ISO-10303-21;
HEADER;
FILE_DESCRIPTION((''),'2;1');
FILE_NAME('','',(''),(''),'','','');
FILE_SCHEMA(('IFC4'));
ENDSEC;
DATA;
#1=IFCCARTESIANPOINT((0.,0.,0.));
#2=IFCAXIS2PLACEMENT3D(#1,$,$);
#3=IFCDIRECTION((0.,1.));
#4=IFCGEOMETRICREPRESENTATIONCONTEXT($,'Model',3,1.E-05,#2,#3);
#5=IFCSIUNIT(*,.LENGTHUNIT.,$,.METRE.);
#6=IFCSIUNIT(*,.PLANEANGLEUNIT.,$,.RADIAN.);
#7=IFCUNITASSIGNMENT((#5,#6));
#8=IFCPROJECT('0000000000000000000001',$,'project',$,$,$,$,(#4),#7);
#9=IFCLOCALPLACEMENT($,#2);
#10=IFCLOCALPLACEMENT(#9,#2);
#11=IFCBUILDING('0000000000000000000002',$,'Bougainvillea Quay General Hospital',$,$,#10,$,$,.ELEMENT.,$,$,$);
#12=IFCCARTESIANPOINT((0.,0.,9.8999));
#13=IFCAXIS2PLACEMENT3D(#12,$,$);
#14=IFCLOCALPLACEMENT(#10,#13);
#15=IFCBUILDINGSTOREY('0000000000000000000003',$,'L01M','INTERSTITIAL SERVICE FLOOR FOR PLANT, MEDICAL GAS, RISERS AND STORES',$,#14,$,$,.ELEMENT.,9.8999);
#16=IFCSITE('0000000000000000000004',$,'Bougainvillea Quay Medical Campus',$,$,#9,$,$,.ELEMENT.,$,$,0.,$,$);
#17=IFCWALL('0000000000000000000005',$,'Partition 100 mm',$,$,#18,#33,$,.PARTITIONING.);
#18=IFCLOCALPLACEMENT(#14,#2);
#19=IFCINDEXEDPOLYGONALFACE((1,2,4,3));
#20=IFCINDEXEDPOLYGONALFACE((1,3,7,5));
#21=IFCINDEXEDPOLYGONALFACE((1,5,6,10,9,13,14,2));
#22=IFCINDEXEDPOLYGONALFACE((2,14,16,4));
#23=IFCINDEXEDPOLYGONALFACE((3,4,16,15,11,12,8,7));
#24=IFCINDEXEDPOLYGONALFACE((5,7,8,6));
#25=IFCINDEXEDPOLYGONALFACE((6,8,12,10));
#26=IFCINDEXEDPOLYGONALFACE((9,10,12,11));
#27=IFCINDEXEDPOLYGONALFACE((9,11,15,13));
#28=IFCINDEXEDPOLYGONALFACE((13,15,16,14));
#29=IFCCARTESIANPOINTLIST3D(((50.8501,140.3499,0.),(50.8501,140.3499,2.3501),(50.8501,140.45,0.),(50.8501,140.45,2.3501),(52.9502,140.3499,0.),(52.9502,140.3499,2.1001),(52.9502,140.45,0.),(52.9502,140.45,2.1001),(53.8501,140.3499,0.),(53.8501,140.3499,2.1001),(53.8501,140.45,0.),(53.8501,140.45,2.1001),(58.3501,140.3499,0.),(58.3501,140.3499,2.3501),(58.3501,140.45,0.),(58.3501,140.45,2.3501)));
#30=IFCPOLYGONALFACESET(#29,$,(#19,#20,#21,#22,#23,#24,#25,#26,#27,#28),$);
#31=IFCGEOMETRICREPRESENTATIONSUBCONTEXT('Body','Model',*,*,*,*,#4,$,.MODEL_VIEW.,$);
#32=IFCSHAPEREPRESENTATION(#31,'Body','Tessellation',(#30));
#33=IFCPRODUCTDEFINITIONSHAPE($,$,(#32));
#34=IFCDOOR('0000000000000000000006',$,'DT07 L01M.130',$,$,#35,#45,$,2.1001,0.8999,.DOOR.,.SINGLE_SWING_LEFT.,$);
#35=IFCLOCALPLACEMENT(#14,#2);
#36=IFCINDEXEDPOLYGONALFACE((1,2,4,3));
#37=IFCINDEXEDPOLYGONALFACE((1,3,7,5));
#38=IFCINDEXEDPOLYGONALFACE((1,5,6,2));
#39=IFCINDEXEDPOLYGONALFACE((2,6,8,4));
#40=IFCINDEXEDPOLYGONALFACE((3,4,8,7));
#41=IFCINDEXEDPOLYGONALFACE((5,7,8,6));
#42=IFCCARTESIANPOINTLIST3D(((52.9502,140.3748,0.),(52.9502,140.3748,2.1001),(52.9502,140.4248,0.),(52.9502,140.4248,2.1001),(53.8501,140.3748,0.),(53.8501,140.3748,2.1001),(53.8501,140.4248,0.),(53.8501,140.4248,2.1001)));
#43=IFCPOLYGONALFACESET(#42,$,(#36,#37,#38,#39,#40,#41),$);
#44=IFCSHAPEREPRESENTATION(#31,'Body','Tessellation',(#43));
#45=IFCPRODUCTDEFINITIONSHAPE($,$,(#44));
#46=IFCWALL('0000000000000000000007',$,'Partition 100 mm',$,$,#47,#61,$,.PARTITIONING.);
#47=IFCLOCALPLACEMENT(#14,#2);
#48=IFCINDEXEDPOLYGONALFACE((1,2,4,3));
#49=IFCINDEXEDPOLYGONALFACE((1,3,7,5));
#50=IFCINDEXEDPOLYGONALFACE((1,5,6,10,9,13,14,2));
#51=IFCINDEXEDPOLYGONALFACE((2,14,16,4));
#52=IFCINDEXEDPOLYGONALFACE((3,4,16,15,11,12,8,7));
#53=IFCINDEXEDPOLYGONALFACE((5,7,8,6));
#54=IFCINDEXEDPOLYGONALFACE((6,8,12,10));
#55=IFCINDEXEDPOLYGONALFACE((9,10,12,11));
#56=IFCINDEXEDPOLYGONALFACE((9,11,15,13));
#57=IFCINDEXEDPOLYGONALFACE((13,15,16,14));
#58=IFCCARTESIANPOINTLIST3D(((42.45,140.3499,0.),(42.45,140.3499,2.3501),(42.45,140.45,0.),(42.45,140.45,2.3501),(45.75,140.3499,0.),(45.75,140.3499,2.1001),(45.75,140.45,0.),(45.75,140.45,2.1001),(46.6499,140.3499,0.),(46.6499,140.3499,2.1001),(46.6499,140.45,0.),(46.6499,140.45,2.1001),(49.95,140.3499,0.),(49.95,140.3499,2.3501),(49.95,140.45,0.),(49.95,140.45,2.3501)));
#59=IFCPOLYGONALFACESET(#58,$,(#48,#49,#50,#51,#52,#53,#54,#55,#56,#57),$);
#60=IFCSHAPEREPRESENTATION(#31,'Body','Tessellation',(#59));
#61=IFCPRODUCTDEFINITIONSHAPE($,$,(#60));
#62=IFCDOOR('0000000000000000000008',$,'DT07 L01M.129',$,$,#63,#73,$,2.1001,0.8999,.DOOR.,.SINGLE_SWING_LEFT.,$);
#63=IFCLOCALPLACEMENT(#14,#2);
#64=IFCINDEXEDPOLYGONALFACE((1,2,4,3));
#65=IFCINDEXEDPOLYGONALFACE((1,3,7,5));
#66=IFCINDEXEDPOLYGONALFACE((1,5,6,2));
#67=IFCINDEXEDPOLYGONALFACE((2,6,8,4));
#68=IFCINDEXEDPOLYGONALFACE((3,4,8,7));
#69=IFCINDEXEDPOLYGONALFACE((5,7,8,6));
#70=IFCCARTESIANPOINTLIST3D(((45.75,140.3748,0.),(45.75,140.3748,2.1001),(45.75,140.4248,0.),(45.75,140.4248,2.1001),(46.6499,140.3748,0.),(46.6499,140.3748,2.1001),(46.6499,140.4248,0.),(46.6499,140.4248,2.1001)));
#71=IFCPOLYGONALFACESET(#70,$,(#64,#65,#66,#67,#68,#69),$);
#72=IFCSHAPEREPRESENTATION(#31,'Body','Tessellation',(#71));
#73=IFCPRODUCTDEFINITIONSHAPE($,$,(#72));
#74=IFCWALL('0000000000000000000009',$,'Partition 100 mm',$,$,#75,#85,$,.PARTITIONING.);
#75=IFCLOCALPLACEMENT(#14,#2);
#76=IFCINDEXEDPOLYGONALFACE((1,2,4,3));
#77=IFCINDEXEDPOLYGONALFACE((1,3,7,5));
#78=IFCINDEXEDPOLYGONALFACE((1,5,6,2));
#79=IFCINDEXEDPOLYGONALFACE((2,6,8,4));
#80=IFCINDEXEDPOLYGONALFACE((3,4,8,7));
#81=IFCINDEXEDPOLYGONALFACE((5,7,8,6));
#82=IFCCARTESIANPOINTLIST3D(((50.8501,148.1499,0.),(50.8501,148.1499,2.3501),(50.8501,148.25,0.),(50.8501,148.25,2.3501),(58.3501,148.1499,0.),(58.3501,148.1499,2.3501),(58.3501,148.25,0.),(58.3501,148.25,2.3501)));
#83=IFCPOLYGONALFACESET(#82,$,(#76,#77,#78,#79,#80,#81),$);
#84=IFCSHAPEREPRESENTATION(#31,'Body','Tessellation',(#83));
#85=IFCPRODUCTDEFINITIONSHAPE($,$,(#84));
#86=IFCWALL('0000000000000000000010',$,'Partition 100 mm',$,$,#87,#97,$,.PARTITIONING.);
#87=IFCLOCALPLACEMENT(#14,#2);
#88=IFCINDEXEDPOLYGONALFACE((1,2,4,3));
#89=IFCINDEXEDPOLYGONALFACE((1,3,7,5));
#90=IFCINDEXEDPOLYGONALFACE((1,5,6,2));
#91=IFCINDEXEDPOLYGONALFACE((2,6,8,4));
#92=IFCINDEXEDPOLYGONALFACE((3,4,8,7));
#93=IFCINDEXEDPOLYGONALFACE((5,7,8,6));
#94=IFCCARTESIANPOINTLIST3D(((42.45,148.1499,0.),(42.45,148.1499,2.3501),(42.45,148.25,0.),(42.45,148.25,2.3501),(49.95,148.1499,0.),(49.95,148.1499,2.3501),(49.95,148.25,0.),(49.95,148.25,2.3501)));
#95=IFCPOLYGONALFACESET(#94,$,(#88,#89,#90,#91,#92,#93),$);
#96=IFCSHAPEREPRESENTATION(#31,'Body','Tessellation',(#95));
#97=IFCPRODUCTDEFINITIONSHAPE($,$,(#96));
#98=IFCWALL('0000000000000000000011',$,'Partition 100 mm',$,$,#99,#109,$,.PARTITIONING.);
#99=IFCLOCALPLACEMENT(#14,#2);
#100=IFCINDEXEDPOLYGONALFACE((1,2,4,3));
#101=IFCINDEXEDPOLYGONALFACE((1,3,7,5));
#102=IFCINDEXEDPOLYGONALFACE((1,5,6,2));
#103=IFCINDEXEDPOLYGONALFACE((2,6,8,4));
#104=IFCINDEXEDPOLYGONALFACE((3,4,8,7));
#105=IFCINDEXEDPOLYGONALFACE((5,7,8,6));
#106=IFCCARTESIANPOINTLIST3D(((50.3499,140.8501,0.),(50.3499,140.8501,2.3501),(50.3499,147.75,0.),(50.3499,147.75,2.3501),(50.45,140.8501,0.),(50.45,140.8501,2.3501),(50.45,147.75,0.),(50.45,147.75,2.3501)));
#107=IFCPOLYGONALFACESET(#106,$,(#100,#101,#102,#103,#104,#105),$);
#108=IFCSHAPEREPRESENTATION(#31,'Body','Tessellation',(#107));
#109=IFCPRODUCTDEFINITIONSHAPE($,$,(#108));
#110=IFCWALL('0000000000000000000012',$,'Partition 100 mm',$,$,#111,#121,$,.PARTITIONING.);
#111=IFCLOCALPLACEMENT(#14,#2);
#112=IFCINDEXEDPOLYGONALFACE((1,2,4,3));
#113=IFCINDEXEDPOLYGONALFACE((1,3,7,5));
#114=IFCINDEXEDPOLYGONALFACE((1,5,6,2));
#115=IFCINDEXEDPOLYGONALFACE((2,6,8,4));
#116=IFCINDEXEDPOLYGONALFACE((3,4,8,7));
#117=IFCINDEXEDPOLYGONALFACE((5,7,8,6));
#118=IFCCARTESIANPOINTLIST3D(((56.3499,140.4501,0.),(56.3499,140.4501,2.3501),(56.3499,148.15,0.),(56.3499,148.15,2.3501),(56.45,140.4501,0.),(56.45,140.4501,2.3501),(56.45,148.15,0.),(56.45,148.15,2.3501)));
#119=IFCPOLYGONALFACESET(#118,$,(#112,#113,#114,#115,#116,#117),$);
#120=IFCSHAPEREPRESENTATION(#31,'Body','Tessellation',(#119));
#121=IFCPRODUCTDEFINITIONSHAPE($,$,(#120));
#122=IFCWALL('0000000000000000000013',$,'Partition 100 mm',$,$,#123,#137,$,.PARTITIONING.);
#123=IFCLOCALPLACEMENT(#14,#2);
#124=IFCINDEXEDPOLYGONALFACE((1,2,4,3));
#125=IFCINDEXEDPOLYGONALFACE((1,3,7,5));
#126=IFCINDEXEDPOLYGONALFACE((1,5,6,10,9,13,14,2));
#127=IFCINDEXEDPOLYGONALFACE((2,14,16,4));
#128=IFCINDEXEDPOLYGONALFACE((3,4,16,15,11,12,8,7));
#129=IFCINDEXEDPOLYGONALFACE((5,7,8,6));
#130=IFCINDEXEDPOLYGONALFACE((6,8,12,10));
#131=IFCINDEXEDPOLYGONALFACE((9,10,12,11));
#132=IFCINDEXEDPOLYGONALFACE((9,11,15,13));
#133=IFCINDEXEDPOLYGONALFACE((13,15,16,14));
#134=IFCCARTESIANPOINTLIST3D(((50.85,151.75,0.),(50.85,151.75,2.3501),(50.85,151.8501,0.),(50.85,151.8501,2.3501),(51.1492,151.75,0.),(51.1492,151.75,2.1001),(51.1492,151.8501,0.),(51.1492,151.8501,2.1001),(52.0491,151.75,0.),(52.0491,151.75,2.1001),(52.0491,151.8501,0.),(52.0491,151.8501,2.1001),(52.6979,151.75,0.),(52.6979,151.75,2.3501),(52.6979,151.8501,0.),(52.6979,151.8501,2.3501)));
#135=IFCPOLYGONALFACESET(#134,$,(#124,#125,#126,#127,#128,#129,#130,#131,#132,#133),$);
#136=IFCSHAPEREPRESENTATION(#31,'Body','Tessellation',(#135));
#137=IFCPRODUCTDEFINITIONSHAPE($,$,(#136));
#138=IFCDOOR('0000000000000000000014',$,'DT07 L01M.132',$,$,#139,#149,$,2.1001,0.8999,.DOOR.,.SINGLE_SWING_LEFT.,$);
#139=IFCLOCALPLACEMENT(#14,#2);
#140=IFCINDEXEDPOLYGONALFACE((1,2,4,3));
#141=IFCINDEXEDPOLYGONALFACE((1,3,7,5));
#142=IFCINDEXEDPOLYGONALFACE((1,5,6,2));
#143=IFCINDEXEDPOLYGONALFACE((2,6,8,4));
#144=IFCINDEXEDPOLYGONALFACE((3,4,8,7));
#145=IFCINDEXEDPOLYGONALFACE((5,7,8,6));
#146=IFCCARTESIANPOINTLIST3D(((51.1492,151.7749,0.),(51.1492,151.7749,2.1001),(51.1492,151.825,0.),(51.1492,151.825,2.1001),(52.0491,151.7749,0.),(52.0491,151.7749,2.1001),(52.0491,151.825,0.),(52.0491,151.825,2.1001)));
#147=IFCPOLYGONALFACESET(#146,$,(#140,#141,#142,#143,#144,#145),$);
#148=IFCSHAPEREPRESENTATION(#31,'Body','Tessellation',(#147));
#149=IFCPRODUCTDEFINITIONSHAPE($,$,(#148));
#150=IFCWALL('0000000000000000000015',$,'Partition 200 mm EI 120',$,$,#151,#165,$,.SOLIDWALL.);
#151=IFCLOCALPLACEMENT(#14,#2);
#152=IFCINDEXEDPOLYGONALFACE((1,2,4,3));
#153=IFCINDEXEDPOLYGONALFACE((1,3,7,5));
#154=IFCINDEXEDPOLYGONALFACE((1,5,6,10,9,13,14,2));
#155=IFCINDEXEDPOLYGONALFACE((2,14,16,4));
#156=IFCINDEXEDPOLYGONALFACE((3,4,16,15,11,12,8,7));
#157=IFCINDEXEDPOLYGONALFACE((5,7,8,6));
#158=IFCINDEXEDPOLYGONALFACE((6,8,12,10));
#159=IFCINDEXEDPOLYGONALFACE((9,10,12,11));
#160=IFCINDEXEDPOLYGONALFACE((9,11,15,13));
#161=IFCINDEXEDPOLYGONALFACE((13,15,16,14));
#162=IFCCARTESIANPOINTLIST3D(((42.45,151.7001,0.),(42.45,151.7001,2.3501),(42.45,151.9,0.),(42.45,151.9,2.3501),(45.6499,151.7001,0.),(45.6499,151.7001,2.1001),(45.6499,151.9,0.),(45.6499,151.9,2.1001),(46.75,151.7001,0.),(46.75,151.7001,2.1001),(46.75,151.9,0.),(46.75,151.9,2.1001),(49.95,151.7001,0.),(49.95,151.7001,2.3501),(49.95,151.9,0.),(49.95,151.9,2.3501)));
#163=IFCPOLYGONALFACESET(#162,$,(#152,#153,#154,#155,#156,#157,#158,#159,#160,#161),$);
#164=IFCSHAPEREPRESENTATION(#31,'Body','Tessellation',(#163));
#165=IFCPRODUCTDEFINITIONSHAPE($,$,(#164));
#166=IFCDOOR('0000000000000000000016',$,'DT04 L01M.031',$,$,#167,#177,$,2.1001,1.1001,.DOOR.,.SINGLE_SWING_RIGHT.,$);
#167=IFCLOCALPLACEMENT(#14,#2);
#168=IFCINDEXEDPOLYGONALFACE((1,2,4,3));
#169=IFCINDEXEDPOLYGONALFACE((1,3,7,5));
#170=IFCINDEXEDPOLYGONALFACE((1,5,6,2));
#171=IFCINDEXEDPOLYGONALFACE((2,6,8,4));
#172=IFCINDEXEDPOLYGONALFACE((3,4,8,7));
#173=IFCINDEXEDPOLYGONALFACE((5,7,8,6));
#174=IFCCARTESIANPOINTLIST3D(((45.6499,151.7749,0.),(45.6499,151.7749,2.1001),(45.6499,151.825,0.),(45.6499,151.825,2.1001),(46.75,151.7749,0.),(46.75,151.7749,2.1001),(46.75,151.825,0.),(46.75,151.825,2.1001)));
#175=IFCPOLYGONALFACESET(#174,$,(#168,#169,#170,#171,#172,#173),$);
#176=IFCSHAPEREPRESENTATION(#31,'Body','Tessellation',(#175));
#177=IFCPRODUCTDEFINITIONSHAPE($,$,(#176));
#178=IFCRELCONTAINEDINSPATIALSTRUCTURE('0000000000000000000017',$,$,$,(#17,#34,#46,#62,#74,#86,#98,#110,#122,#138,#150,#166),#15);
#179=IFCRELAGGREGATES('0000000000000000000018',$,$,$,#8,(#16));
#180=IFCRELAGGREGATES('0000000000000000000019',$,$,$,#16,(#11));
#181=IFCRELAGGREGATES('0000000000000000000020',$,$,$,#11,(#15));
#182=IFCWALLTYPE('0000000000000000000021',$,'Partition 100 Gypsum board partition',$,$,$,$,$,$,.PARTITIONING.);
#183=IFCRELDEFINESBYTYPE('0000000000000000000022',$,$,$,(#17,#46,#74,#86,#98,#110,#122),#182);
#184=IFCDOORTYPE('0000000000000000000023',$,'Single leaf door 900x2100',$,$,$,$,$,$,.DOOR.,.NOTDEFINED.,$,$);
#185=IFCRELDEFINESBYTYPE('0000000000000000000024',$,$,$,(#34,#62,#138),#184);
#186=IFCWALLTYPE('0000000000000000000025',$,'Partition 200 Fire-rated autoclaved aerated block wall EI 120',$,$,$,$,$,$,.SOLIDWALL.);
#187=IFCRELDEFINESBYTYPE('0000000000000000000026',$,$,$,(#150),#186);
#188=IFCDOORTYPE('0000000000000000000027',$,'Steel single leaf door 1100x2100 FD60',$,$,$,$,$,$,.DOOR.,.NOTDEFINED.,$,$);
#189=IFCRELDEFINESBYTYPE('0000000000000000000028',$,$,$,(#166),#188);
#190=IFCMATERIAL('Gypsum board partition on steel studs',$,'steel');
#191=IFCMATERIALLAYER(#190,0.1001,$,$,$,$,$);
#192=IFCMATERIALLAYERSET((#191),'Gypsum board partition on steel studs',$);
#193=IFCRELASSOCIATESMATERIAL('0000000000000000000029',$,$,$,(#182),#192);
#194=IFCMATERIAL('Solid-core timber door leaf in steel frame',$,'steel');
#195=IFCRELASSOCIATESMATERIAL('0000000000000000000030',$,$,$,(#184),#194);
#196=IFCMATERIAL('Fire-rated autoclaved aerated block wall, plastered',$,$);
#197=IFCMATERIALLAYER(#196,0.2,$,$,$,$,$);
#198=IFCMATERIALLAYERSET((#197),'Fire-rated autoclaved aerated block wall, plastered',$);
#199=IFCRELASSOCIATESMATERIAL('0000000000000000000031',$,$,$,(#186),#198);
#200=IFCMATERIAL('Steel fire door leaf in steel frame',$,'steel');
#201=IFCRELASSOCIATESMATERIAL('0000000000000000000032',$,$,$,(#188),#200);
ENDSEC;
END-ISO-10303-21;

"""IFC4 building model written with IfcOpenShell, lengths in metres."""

from ifc_helpers import new_model, si_unit, direction, frame, frame_2d, origin, place, context, subcontext, project, spatial, rectangle, extrude, material, layer, layer_set, type_object, element, fill, save


model = new_model("IFC4")

# Units and contexts
model_context = context("Model", 3, precision=1e-05, world=origin(), true_north=direction((0.0, 1.0)))
body_context = subcontext(model_context, "Body", "Model", "MODEL_VIEW")
ifc_project = project(units=[si_unit("LENGTHUNIT", "METRE"), si_unit("PLANEANGLEUNIT", "RADIAN")], contexts=[model_context])

# Site, building, storey
site_placement = place(None, origin())
site = spatial("IfcSite", under=ifc_project, at=site_placement, Name="Bougainvillea Quay Medical Campus", CompositionType="ELEMENT", RefElevation=0.0)
building_placement = place(site_placement, origin())
building = spatial("IfcBuilding", under=site, at=building_placement, Name="Bougainvillea Quay General Hospital", CompositionType="ELEMENT")
storey_placement = place(building_placement, frame((0.0, 0.0, 9.8999)))
storey = spatial("IfcBuildingStorey", under=building, at=storey_placement, Name="L01M", Description="INTERSTITIAL SERVICE FLOOR FOR PLANT, MEDICAL GAS, RISERS AND STORES", CompositionType="ELEMENT", Elevation=9.8999)

# Walls, openings, doors
ifc_material_1 = material(Name="Gypsum board partition on steel studs", Category="steel")
ifc_layer_1 = layer(ifc_material_1, 0.1001)
ifc_layer_set_1 = layer_set([ifc_layer_1], Name="Gypsum board partition on steel studs")
wall_type_1 = type_object("IfcWallType", Name="Partition 100 Gypsum board partition", PredefinedType="PARTITIONING", material=ifc_layer_set_1)
wall_1_placement = place(storey_placement, frame((58.3501, 140.3999, 0.0), z_axis=(0.0, 0.0, 1.0), x_axis=(-1.0, 0.0, 0.0)))
wall_1 = element("IfcWall", 1, at=wall_1_placement, inside=storey, type_object=wall_type_1, Name="Partition 100 mm", PredefinedType="PARTITIONING", context=body_context, shape_type="SweptSolid", body=[
    extrude(rectangle(XDim=7.5, YDim=0.1001, at=frame_2d((3.75, 0.0))), origin(), (0.0, 0.0, 1.0), 2.3501),
])
opening_1_placement = place(wall_1_placement, frame((4.5, 0.0, 0.0)))
opening_1 = element("IfcOpeningElement", 2, at=opening_1_placement, cuts=wall_1, PredefinedType="OPENING", context=body_context, shape_type="SweptSolid", body=[
    extrude(rectangle(XDim=0.8999, YDim=2.1001, at=frame_2d((0.45, 1.05))), frame((0.0, 0.0601, 0.0), z_axis=(0.0, -1.0, 0.0), x_axis=(1.0, 0.0, 0.0)), (0.0, 0.0, 1.0), 0.1201),
])
ifc_material_2 = material(Name="Solid-core timber door leaf in steel frame", Category="steel")
door_type_1 = type_object("IfcDoorType", Name="Single leaf door 900x2100", OperationType="NOTDEFINED", PredefinedType="DOOR", material=ifc_material_2)
door_1_placement = place(opening_1_placement, frame((0.8999, 0.0, 0.0), z_axis=(0.0, 0.0, 1.0), x_axis=(-1.0, 0.0, 0.0)))
door_1 = element("IfcDoor", 3, at=door_1_placement, inside=storey, type_object=door_type_1, Name="DT07 L01M.130", OperationType="SINGLE_SWING_LEFT", OverallHeight=2.1001, OverallWidth=0.8999, PredefinedType="DOOR", context=body_context, shape_type="SweptSolid", body=[
    extrude(rectangle(XDim=0.8999, YDim=2.1001, at=frame_2d((0.45, 1.05))), frame((0.0, 0.0249, 0.0), z_axis=(0.0, -1.0, 0.0), x_axis=(1.0, 0.0, 0.0)), (0.0, 0.0, 1.0), 0.05),
])
fill(opening_1, door_1)
wall_2_placement = place(storey_placement, frame((49.95, 140.3999, 0.0), z_axis=(0.0, 0.0, 1.0), x_axis=(-1.0, 0.0, 0.0)))
wall_2 = element("IfcWall", 4, at=wall_2_placement, inside=storey, type_object=wall_type_1, Name="Partition 100 mm", PredefinedType="PARTITIONING", context=body_context, shape_type="SweptSolid", body=[
    extrude(rectangle(XDim=7.5, YDim=0.1001, at=frame_2d((3.75, 0.0))), origin(), (0.0, 0.0, 1.0), 2.3501),
])
opening_2_placement = place(wall_2_placement, frame((3.3, 0.0, 0.0)))
opening_2 = element("IfcOpeningElement", 5, at=opening_2_placement, cuts=wall_2, PredefinedType="OPENING", context=body_context, shape_type="SweptSolid", body=[
    extrude(rectangle(XDim=0.8999, YDim=2.1001, at=frame_2d((0.45, 1.05))), frame((0.0, 0.0601, 0.0), z_axis=(0.0, -1.0, 0.0), x_axis=(1.0, 0.0, 0.0)), (0.0, 0.0, 1.0), 0.1201),
])
door_2_placement = place(opening_2_placement, frame((0.8999, 0.0, 0.0), z_axis=(0.0, 0.0, 1.0), x_axis=(-1.0, 0.0, 0.0)))
door_2 = element("IfcDoor", 6, at=door_2_placement, inside=storey, type_object=door_type_1, Name="DT07 L01M.129", OperationType="SINGLE_SWING_LEFT", OverallHeight=2.1001, OverallWidth=0.8999, PredefinedType="DOOR", context=body_context, shape_type="SweptSolid", body=[
    extrude(rectangle(XDim=0.8999, YDim=2.1001, at=frame_2d((0.45, 1.05))), frame((0.0, 0.0249, 0.0), z_axis=(0.0, -1.0, 0.0), x_axis=(1.0, 0.0, 0.0)), (0.0, 0.0, 1.0), 0.05),
])
fill(opening_2, door_2)

# Walls
for number, where, z_axis, x_axis, name in (
    (7, (58.3501, 148.2, 0.0), (0.0, 0.0, 1.0), (-1.0, 0.0, 0.0), "Partition 100 mm"),
    (8, (49.95, 148.2, 0.0), (0.0, 0.0, 1.0), (-1.0, 0.0, 0.0), "Partition 100 mm"),
):
    element("IfcWall", number, at=place(storey_placement, frame(where, z_axis=z_axis, x_axis=x_axis)), inside=storey, type_object=wall_type_1, Name=name, PredefinedType="PARTITIONING", context=body_context, shape_type="SweptSolid", body=[
        extrude(rectangle(XDim=7.5, YDim=0.1001, at=frame_2d((3.75, 0.0))), origin(), (0.0, 0.0, 1.0), 2.3501),
    ])
wall_3_placement = place(storey_placement, frame((50.3999, 140.8501, 0.0), z_axis=(0.0, 0.0, 1.0), x_axis=(0.0, 1.0, 0.0)))
element("IfcWall", 9, at=wall_3_placement, inside=storey, type_object=wall_type_1, Name="Partition 100 mm", PredefinedType="PARTITIONING", context=body_context, shape_type="SweptSolid", body=[
    extrude(rectangle(XDim=6.8999, YDim=0.1001, at=frame_2d((3.45, 0.0))), origin(), (0.0, 0.0, 1.0), 2.3501),
])
wall_4_placement = place(storey_placement, frame((56.3999, 140.45, 0.0), z_axis=(0.0, 0.0, 1.0), x_axis=(0.0, 1.0, 0.0)))
element("IfcWall", 10, at=wall_4_placement, inside=storey, type_object=wall_type_1, Name="Partition 100 mm", PredefinedType="PARTITIONING", context=body_context, shape_type="SweptSolid", body=[
    extrude(rectangle(XDim=7.7, YDim=0.1001, at=frame_2d((3.8501, 0.0))), origin(), (0.0, 0.0, 1.0), 2.3501),
])

# Walls, openings, doors
wall_5_placement = place(storey_placement, frame((50.8501, 151.8, 0.0), z_axis=(0.0, 0.0, 1.0), x_axis=(1.0, 0.0, 0.0)))
wall_5 = element("IfcWall", 11, at=wall_5_placement, inside=storey, type_object=wall_type_1, Name="Partition 100 mm", PredefinedType="PARTITIONING", context=body_context, shape_type="SweptSolid", body=[
    extrude(rectangle(XDim=1.8479, YDim=0.1001, at=frame_2d((0.9238, 0.0))), origin(), (0.0, 0.0, 1.0), 2.3501),
])
opening_3_placement = place(wall_5_placement, frame((0.2991, 0.0, 0.0)))
opening_3 = element("IfcOpeningElement", 12, at=opening_3_placement, cuts=wall_5, PredefinedType="OPENING", context=body_context, shape_type="SweptSolid", body=[
    extrude(rectangle(XDim=0.8999, YDim=2.1001, at=frame_2d((0.45, 1.05))), frame((0.0, 0.0601, 0.0), z_axis=(0.0, -1.0, 0.0), x_axis=(1.0, 0.0, 0.0)), (0.0, 0.0, 1.0), 0.1201),
])
door_3_placement = place(opening_3_placement, origin())
door_3 = element("IfcDoor", 13, at=door_3_placement, inside=storey, type_object=door_type_1, Name="DT07 L01M.132", OperationType="SINGLE_SWING_LEFT", OverallHeight=2.1001, OverallWidth=0.8999, PredefinedType="DOOR", context=body_context, shape_type="SweptSolid", body=[
    extrude(rectangle(XDim=0.8999, YDim=2.1001, at=frame_2d((0.45, 1.05))), frame((0.0, 0.0249, 0.0), z_axis=(0.0, -1.0, 0.0), x_axis=(1.0, 0.0, 0.0)), (0.0, 0.0, 1.0), 0.05),
])
fill(opening_3, door_3)
ifc_material_3 = material(Name="Fire-rated autoclaved aerated block wall, plastered")
ifc_layer_2 = layer(ifc_material_3, 0.2)
ifc_layer_set_2 = layer_set([ifc_layer_2], Name="Fire-rated autoclaved aerated block wall, plastered")
wall_type_2 = type_object("IfcWallType", Name="Partition 200 Fire-rated autoclaved aerated block wall EI 120", PredefinedType="SOLIDWALL", material=ifc_layer_set_2)
wall_6_placement = place(storey_placement, frame((42.45, 151.8, 0.0), z_axis=(0.0, 0.0, 1.0), x_axis=(1.0, 0.0, 0.0)))
wall_6 = element("IfcWall", 14, at=wall_6_placement, inside=storey, type_object=wall_type_2, Name="Partition 200 mm EI 120", PredefinedType="SOLIDWALL", context=body_context, shape_type="SweptSolid", body=[
    extrude(rectangle(XDim=7.5, YDim=0.2, at=frame_2d((3.75, 0.0))), origin(), (0.0, 0.0, 1.0), 2.3501),
])
opening_4_placement = place(wall_6_placement, frame((3.2, 0.0, 0.0)))
opening_4 = element("IfcOpeningElement", 15, at=opening_4_placement, cuts=wall_6, PredefinedType="OPENING", context=body_context, shape_type="SweptSolid", body=[
    extrude(rectangle(XDim=1.1001, YDim=2.1001, at=frame_2d((0.55, 1.05))), frame((0.0, 0.1099, 0.0), z_axis=(0.0, -1.0, 0.0), x_axis=(1.0, 0.0, 0.0)), (0.0, 0.0, 1.0), 0.22),
])
ifc_material_4 = material(Name="Steel fire door leaf in steel frame", Category="steel")
door_type_2 = type_object("IfcDoorType", Name="Steel single leaf door 1100x2100 FD60", OperationType="NOTDEFINED", PredefinedType="DOOR", material=ifc_material_4)
door_4_placement = place(opening_4_placement, origin())
door_4 = element("IfcDoor", 16, at=door_4_placement, inside=storey, type_object=door_type_2, Name="DT04 L01M.031", OperationType="SINGLE_SWING_RIGHT", OverallHeight=2.1001, OverallWidth=1.1001, PredefinedType="DOOR", context=body_context, shape_type="SweptSolid", body=[
    extrude(rectangle(XDim=1.1001, YDim=2.1001, at=frame_2d((0.55, 1.05))), frame((0.0, 0.0249, 0.0), z_axis=(0.0, -1.0, 0.0), x_axis=(1.0, 0.0, 0.0)), (0.0, 0.0, 1.0), 0.05),
])
fill(opening_4, door_4)

save(model, "model.ifc")
